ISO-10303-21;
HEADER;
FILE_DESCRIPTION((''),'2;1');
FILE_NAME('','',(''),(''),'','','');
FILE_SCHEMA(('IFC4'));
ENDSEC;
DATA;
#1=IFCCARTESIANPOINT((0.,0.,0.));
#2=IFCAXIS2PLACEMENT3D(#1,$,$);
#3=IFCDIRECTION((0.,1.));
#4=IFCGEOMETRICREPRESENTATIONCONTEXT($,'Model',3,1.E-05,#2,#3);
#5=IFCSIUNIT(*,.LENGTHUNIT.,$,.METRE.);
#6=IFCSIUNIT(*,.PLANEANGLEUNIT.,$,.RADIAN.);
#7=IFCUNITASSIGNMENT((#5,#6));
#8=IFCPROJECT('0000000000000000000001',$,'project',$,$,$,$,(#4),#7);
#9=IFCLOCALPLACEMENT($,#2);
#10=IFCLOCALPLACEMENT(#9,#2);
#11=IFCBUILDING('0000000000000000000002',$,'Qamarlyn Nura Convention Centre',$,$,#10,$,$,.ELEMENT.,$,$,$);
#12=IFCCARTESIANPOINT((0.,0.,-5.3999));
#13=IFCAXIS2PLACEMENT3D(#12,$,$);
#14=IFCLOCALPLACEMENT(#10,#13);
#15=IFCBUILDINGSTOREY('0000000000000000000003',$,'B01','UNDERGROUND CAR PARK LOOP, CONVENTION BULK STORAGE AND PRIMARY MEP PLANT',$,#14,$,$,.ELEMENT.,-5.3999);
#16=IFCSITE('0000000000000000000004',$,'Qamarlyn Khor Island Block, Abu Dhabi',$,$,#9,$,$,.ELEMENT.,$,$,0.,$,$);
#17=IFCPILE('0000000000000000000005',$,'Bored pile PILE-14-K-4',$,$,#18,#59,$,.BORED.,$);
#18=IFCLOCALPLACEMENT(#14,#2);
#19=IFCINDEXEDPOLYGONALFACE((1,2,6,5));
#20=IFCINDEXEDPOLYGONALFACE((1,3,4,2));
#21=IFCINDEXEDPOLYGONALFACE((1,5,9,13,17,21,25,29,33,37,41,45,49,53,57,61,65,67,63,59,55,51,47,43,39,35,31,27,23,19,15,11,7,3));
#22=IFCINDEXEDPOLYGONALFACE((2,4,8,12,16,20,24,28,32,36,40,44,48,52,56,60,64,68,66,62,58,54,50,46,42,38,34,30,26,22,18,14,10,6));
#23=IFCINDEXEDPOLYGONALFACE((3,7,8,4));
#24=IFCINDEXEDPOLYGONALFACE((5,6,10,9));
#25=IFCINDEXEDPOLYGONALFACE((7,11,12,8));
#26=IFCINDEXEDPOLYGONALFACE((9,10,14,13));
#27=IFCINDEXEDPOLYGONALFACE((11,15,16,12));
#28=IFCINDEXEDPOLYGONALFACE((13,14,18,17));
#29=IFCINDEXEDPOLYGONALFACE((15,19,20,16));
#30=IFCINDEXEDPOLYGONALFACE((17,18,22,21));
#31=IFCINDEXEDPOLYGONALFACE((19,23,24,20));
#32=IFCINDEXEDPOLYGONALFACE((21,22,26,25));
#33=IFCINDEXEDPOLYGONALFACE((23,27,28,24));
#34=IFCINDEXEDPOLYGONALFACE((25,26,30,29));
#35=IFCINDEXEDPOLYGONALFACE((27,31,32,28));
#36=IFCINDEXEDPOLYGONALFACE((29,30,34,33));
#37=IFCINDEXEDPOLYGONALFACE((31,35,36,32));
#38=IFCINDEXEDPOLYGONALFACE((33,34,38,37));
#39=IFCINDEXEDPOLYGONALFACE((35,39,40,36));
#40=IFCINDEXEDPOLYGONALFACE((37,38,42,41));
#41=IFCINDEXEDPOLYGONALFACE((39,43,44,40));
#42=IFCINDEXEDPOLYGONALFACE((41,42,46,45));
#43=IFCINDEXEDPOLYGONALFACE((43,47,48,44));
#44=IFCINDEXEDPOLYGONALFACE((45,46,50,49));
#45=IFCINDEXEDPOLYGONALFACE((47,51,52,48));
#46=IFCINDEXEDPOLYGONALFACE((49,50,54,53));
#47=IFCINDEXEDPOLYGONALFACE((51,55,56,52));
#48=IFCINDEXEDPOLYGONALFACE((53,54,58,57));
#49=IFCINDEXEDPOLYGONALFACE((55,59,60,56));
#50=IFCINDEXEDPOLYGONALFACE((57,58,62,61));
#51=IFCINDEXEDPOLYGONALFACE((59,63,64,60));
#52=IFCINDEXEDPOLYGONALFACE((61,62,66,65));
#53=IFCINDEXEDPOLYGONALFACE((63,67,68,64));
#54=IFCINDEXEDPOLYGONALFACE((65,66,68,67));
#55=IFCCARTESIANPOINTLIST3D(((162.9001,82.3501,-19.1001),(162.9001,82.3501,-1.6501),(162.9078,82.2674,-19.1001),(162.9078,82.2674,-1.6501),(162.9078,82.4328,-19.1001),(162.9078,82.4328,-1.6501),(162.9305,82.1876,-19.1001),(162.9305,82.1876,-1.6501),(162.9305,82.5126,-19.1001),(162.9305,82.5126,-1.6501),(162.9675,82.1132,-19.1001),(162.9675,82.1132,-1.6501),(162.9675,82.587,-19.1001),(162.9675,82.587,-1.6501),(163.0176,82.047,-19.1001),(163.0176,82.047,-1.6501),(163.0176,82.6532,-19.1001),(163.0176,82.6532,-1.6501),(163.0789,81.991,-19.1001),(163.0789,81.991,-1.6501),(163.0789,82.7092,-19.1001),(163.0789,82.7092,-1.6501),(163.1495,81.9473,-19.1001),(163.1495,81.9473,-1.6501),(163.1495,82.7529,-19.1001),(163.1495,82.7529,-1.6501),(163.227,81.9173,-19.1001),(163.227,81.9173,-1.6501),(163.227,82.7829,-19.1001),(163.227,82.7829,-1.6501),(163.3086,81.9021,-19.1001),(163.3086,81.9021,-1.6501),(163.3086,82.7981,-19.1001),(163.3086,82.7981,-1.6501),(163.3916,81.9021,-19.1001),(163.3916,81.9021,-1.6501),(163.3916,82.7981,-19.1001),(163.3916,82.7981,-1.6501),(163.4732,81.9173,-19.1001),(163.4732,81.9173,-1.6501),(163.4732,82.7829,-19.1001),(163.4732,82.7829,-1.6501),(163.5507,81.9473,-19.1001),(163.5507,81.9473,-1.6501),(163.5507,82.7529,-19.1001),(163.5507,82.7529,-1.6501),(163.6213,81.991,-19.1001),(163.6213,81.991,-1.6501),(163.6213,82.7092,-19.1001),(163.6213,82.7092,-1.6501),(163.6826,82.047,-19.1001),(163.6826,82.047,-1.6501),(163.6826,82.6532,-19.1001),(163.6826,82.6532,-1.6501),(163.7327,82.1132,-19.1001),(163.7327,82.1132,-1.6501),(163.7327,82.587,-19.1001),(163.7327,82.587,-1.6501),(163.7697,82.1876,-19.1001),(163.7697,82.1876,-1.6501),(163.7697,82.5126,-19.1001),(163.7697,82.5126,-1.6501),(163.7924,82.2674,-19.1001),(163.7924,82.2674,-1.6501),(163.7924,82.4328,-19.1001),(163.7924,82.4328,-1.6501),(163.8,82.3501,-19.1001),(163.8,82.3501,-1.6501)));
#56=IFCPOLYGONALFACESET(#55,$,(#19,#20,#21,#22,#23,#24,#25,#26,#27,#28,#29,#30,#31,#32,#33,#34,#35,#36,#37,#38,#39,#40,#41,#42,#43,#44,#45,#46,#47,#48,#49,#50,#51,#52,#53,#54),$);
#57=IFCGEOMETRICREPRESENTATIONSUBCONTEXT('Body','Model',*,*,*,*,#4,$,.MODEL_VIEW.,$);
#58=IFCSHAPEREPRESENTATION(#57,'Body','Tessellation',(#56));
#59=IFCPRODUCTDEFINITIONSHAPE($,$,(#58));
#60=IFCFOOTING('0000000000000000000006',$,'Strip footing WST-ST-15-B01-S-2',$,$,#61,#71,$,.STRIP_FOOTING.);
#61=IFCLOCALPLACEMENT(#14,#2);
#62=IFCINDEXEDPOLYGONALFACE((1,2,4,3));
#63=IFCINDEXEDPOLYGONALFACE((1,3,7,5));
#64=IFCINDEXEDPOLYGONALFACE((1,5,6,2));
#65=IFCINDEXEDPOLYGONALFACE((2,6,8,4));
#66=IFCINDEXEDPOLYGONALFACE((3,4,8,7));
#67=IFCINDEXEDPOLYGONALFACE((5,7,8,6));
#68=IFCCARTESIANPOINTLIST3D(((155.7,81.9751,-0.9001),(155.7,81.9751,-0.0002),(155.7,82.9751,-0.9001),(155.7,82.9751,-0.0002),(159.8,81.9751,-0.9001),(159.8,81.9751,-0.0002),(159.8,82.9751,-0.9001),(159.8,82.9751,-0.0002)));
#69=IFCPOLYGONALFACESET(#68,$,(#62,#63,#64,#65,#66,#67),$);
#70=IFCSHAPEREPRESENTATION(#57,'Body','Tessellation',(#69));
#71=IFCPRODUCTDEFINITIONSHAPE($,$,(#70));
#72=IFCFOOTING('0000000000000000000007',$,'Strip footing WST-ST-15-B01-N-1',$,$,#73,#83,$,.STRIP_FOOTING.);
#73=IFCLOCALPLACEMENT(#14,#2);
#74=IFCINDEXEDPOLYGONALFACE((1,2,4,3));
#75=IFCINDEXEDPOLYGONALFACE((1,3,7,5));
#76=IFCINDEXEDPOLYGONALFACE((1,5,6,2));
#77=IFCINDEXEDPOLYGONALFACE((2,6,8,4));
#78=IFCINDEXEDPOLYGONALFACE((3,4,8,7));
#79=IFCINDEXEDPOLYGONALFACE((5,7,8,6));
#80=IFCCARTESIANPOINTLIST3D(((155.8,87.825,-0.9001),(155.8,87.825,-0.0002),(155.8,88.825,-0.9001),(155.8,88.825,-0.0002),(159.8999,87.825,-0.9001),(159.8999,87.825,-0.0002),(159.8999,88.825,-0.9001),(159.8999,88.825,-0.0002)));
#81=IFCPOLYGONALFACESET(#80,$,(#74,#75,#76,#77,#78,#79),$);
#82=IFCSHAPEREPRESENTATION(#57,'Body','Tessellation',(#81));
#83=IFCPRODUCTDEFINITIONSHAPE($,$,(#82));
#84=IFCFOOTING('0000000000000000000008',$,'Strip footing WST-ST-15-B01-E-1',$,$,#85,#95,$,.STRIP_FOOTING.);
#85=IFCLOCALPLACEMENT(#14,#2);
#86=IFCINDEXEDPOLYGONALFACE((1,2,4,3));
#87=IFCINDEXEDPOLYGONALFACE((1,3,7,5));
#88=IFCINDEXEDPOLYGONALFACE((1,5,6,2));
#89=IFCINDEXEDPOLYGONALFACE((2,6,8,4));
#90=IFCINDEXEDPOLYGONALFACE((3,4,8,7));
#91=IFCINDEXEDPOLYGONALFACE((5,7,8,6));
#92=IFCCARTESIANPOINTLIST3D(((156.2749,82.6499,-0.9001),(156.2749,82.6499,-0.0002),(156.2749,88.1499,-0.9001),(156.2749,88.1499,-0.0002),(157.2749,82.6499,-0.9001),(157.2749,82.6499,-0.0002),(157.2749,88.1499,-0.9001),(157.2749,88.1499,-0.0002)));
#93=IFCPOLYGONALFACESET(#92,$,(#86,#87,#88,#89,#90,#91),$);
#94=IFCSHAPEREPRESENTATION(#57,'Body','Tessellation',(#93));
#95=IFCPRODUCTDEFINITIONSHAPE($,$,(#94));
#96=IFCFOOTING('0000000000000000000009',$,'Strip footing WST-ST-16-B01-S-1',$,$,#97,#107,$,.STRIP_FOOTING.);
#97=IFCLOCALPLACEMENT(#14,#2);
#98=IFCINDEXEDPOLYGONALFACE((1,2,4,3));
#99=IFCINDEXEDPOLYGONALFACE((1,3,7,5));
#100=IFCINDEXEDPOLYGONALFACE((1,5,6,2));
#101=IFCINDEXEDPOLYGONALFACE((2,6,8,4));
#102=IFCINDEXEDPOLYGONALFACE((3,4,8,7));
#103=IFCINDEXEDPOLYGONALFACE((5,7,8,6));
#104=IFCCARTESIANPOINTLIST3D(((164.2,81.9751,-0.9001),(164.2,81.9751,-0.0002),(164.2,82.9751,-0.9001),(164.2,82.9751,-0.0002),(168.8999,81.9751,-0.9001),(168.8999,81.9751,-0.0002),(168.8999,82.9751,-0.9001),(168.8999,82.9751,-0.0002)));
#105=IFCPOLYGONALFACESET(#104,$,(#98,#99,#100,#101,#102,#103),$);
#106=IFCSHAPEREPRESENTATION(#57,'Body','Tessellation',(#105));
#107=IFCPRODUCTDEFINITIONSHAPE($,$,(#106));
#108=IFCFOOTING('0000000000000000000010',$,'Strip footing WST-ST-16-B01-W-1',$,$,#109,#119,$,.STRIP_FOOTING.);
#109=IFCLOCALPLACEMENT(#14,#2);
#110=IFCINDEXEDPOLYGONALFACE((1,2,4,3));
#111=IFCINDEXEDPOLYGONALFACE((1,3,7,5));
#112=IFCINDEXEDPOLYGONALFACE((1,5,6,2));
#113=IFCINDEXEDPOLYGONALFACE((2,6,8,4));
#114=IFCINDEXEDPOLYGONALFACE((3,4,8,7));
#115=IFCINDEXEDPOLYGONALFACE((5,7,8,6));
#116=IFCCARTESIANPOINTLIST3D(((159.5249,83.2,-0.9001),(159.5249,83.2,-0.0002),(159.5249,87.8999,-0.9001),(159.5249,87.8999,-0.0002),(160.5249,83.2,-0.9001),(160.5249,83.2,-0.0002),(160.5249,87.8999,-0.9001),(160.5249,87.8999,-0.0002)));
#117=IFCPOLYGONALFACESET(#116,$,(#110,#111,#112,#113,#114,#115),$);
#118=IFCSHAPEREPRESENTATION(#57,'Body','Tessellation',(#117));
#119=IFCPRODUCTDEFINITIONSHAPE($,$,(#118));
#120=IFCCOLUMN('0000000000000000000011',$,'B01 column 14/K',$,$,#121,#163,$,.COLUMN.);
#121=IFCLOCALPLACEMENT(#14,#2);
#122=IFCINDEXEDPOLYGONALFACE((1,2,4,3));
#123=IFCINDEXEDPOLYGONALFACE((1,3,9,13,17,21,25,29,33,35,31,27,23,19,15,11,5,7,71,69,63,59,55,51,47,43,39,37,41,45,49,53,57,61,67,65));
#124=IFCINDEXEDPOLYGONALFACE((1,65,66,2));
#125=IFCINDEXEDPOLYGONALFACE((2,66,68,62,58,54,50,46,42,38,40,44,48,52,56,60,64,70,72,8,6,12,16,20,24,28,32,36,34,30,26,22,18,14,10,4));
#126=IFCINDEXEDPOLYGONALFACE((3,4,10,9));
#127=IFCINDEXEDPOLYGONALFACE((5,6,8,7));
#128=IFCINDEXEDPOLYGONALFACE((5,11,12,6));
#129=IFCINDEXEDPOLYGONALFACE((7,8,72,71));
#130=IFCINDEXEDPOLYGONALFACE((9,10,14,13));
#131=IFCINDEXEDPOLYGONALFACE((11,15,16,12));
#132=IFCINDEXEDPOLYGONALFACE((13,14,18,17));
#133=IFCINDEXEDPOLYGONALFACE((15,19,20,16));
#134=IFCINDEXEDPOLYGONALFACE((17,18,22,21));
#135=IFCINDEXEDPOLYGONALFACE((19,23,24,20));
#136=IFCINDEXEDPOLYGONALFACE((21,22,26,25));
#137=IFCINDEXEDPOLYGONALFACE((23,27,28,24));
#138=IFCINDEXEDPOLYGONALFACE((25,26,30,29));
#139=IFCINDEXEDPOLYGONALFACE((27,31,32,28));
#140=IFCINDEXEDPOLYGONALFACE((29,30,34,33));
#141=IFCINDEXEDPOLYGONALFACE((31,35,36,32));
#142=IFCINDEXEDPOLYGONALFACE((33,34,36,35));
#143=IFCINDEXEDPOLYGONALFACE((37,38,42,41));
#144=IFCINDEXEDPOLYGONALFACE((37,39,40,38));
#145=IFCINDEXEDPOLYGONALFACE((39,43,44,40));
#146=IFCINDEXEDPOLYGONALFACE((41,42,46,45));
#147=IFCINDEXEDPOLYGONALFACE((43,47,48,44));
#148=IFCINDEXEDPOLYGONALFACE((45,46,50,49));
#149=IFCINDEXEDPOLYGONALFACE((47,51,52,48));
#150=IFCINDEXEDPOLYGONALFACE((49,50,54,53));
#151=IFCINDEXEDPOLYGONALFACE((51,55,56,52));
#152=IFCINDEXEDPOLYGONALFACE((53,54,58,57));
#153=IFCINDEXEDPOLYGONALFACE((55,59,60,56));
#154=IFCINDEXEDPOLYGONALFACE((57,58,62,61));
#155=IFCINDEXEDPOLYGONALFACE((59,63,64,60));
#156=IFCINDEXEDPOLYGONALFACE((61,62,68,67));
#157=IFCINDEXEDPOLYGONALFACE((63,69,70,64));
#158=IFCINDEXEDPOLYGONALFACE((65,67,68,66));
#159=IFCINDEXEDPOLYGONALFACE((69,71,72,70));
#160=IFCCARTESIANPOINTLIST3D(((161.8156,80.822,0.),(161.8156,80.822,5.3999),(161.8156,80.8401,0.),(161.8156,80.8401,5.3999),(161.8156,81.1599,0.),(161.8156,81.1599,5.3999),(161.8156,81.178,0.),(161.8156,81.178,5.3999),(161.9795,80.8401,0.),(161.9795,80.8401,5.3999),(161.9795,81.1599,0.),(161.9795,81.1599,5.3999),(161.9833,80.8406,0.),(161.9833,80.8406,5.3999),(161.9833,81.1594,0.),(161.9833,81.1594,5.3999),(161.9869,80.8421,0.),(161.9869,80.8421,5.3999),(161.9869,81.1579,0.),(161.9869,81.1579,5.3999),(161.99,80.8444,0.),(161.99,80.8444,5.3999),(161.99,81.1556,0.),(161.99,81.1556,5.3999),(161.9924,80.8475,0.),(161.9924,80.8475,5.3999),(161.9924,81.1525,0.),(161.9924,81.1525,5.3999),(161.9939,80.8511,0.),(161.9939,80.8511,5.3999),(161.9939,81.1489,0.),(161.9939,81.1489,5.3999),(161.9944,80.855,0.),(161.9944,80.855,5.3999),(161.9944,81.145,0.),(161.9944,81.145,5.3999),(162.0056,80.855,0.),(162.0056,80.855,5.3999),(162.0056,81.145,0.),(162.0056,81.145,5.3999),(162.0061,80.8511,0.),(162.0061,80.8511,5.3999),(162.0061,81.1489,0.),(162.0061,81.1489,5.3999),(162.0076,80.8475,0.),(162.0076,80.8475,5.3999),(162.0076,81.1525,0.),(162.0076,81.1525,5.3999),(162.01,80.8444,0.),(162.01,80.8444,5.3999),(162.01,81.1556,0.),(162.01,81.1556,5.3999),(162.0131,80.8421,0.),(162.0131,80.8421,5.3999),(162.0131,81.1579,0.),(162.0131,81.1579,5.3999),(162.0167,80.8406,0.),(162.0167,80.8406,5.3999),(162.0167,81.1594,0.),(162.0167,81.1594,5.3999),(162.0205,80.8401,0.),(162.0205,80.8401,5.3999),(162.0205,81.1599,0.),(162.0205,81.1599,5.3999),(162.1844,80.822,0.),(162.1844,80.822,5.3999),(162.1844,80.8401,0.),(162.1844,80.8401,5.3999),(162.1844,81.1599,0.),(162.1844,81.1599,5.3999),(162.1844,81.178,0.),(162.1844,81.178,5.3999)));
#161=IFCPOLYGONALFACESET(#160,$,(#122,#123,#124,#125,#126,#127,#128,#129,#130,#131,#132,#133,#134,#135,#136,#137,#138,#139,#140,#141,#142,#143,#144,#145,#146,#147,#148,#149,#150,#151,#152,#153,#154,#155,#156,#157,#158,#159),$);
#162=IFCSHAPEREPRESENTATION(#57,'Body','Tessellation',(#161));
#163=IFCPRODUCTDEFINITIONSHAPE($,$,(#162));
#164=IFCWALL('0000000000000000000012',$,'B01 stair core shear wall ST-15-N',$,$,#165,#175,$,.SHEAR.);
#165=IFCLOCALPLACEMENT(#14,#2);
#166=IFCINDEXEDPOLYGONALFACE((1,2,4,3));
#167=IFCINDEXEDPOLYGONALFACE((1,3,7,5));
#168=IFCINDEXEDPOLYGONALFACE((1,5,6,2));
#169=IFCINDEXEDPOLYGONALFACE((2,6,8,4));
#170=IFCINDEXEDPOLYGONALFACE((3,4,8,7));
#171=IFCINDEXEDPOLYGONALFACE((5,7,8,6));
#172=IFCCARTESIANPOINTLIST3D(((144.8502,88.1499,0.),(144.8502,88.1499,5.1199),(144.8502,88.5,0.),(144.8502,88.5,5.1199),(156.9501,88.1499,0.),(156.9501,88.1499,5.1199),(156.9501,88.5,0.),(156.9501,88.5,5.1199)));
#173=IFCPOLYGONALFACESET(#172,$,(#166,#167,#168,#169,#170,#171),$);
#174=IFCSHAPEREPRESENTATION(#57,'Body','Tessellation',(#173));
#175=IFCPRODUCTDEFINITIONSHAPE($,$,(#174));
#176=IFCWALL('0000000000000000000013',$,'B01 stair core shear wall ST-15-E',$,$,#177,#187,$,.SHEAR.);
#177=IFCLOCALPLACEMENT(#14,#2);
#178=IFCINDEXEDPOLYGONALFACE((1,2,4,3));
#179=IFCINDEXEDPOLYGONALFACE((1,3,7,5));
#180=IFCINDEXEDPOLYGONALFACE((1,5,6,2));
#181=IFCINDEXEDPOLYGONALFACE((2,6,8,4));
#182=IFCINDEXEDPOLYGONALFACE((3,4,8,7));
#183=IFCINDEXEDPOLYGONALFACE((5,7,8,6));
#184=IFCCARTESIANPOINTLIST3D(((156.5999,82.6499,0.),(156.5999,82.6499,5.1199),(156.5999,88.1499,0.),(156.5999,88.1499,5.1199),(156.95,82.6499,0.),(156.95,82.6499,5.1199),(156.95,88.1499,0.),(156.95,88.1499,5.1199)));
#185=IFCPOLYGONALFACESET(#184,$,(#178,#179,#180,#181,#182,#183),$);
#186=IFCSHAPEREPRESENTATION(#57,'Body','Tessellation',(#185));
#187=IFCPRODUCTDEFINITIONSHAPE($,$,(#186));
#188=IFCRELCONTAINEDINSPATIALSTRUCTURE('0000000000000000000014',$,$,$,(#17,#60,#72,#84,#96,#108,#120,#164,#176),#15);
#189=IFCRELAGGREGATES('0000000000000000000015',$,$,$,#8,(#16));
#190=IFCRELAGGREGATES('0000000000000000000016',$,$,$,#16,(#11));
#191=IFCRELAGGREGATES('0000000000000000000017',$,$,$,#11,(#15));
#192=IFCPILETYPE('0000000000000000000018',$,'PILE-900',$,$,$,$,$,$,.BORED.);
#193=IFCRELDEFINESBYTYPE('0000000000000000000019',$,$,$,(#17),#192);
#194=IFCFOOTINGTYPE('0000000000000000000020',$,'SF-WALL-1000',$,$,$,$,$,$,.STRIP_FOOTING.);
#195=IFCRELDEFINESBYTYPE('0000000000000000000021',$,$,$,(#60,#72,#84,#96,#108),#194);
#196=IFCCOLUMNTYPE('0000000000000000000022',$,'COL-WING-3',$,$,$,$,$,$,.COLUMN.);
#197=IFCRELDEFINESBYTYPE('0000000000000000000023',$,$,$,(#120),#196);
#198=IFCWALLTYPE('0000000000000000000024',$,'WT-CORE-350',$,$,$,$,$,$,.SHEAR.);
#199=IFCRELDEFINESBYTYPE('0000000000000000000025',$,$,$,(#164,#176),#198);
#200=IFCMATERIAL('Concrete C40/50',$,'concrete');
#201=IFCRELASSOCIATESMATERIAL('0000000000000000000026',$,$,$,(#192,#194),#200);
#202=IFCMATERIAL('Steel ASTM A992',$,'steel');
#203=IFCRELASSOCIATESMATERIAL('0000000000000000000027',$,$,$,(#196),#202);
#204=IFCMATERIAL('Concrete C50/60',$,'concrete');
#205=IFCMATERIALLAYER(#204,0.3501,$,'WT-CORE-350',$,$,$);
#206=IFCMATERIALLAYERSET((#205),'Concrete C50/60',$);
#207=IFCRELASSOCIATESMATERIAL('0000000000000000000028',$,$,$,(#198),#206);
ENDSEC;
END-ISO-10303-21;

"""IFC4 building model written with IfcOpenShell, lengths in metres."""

from ifc_helpers import new_model, si_unit, direction, frame, frame_2d, origin, origin_2d, place, context, subcontext, project, spatial, rectangle, circle, i_section, extrude, material, layer, layer_set, material_profile, profile_set, type_object, element, save


model = new_model("IFC4")

# Units and contexts
model_context = context("Model", 3, precision=1e-05, world=origin(), true_north=direction((0.0, 1.0)))
body_context = subcontext(model_context, "Body", "Model", "MODEL_VIEW")
ifc_project = project(units=[si_unit("LENGTHUNIT", "METRE"), si_unit("PLANEANGLEUNIT", "RADIAN")], contexts=[model_context])

# Site, building, storey
site_placement = place(None, origin())
site = spatial("IfcSite", under=ifc_project, at=site_placement, Name="Qamarlyn Khor Island Block, Abu Dhabi", CompositionType="ELEMENT", RefElevation=0.0)
building_placement = place(site_placement, origin())
building = spatial("IfcBuilding", under=site, at=building_placement, Name="Qamarlyn Nura Convention Centre", CompositionType="ELEMENT")
storey_placement = place(building_placement, frame((0.0, 0.0, -5.3999)))
storey = spatial("IfcBuildingStorey", under=building, at=storey_placement, Name="B01", Description="UNDERGROUND CAR PARK LOOP, CONVENTION BULK STORAGE AND PRIMARY MEP PLANT", CompositionType="ELEMENT", Elevation=-5.3999)

# Shared definitions
ifc_material_1 = material(Name="Concrete C40/50", Category="concrete")

# Pile
ifc_material_profile_1 = material_profile(ifc_material_1, circle(Radius=0.45, at=origin_2d()), Name="BORED PILE 900")
ifc_profile_set_1 = profile_set([ifc_material_profile_1], Name="Concrete C40/50")
pile_type = type_object("IfcPileType", Name="PILE-900", PredefinedType="BORED", material=ifc_profile_set_1)
for number, where, z_axis, x_axis, name in (
    (1, (163.3501, 82.3501, -1.6501), (0.0, 0.0, -1.0), (1.0, 0.0, 0.0), "Bored pile PILE-14-K-4"),
):
    element("IfcPile", number, at=place(storey_placement, frame(where, z_axis=z_axis, x_axis=x_axis)), inside=storey, type_object=pile_type, Name=name, PredefinedType="BORED", context=body_context, shape_type="SweptSolid", body=[
        extrude(circle(Radius=0.45, at=origin_2d()), origin(), (0.0, 0.0, 1.0), 17.45),
    ])

# Footings
ifc_material_profile_2 = material_profile(ifc_material_1, rectangle(XDim=1.0, YDim=0.8999, at=origin_2d()), Name="RC STRIP 1000x900")
ifc_profile_set_2 = profile_set([ifc_material_profile_2], Name="Concrete C40/50")
footing_type_1 = type_object("IfcFootingType", Name="SF-WALL-1000", PredefinedType="STRIP_FOOTING", material=ifc_profile_set_2)
footing_1_placement = place(storey_placement, frame((155.7, 82.4751, -0.4502), z_axis=(1.0, 0.0, 0.0), x_axis=(0.0, 1.0, 0.0)))
element("IfcFooting", 2, at=footing_1_placement, inside=storey, type_object=footing_type_1, Name="Strip footing WST-ST-15-B01-S-2", PredefinedType="STRIP_FOOTING", context=body_context, shape_type="SweptSolid", body=[
    extrude(rectangle(XDim=1.0, YDim=0.8999, at=origin_2d()), origin(), (0.0, 0.0, 1.0), 4.1001),
])
footing_2_placement = place(storey_placement, frame((159.8999, 88.325, -0.4502), z_axis=(-1.0, 0.0, 0.0), x_axis=(0.0, -1.0, 0.0)))
element("IfcFooting", 3, at=footing_2_placement, inside=storey, type_object=footing_type_1, Name="Strip footing WST-ST-15-B01-N-1", PredefinedType="STRIP_FOOTING", context=body_context, shape_type="SweptSolid", body=[
    extrude(rectangle(XDim=1.0, YDim=0.8999, at=origin_2d()), origin(), (0.0, 0.0, 1.0), 4.0999),
])
footing_3_placement = place(storey_placement, frame((156.7749, 82.6499, -0.4502), z_axis=(0.0, 1.0, 0.0), x_axis=(-1.0, 0.0, 0.0)))
element("IfcFooting", 4, at=footing_3_placement, inside=storey, type_object=footing_type_1, Name="Strip footing WST-ST-15-B01-E-1", PredefinedType="STRIP_FOOTING", context=body_context, shape_type="SweptSolid", body=[
    extrude(rectangle(XDim=1.0, YDim=0.8999, at=origin_2d()), origin(), (0.0, 0.0, 1.0), 5.5),
])
for number, where, z_axis, x_axis, name in (
    (5, (164.2, 82.4751, -0.4502), (1.0, 0.0, 0.0), (0.0, 1.0, 0.0), "Strip footing WST-ST-16-B01-S-1"),
    (6, (160.0249, 87.8999, -0.4502), (0.0, -1.0, 0.0), (1.0, 0.0, 0.0), "Strip footing WST-ST-16-B01-W-1"),
):
    element("IfcFooting", number, at=place(storey_placement, frame(where, z_axis=z_axis, x_axis=x_axis)), inside=storey, type_object=footing_type_1, Name=name, PredefinedType="STRIP_FOOTING", context=body_context, shape_type="SweptSolid", body=[
        extrude(rectangle(XDim=1.0, YDim=0.8999, at=origin_2d()), origin(), (0.0, 0.0, 1.0), 4.7),
    ])

# Column
ifc_material_2 = material(Name="Steel ASTM A992", Category="steel")
ifc_material_profile_3 = material_profile(ifc_material_2, i_section(OverallWidth=0.3689, OverallDepth=0.356, WebThickness=0.0112, FlangeThickness=0.0181, FilletRadius=0.0149, at=origin_2d()), Name="W360X134")
ifc_profile_set_3 = profile_set([ifc_material_profile_3], Name="Steel ASTM A992")
column_type = type_object("IfcColumnType", Name="COL-WING-3", PredefinedType="COLUMN", material=ifc_profile_set_3)
column_placement = place(storey_placement, frame((162.0, 81.0, 0.0), z_axis=(0.0, 0.0, 1.0), x_axis=(1.0, 0.0, 0.0)))
element("IfcColumn", 7, at=column_placement, inside=storey, type_object=column_type, Name="B01 column 14/K", PredefinedType="COLUMN", context=body_context, shape_type="SweptSolid", body=[
    extrude(i_section(OverallWidth=0.3689, OverallDepth=0.356, WebThickness=0.0112, FlangeThickness=0.0181, FilletRadius=0.0149, at=origin_2d()), origin(), (0.0, 0.0, 1.0), 5.3999),
])

# Walls
ifc_material_3 = material(Name="Concrete C50/60", Category="concrete")
ifc_layer_1 = layer(ifc_material_3, 0.3501, Name="WT-CORE-350")
ifc_layer_set_1 = layer_set([ifc_layer_1], Name="Concrete C50/60")
wall_type_1 = type_object("IfcWallType", Name="WT-CORE-350", PredefinedType="SHEAR", material=ifc_layer_set_1)
wall_1_placement = place(storey_placement, frame((156.95, 88.325, 0.0), z_axis=(0.0, 0.0, 1.0), x_axis=(-1.0, 0.0, 0.0)))
element("IfcWall", 8, at=wall_1_placement, inside=storey, type_object=wall_type_1, Name="B01 stair core shear wall ST-15-N", PredefinedType="SHEAR", context=body_context, shape_type="SweptSolid", body=[
    extrude(rectangle(XDim=12.0999, YDim=0.3501, at=frame_2d((6.0498, 0.0))), origin(), (0.0, 0.0, 1.0), 5.1199),
])
wall_2_placement = place(storey_placement, frame((156.7749, 82.6499, 0.0), z_axis=(0.0, 0.0, 1.0), x_axis=(0.0, 1.0, 0.0)))
element("IfcWall", 9, at=wall_2_placement, inside=storey, type_object=wall_type_1, Name="B01 stair core shear wall ST-15-E", PredefinedType="SHEAR", context=body_context, shape_type="SweptSolid", body=[
    extrude(rectangle(XDim=5.5, YDim=0.3501, at=frame_2d((2.75, 0.0))), origin(), (0.0, 0.0, 1.0), 5.1199),
])

save(model, "model.ifc")
